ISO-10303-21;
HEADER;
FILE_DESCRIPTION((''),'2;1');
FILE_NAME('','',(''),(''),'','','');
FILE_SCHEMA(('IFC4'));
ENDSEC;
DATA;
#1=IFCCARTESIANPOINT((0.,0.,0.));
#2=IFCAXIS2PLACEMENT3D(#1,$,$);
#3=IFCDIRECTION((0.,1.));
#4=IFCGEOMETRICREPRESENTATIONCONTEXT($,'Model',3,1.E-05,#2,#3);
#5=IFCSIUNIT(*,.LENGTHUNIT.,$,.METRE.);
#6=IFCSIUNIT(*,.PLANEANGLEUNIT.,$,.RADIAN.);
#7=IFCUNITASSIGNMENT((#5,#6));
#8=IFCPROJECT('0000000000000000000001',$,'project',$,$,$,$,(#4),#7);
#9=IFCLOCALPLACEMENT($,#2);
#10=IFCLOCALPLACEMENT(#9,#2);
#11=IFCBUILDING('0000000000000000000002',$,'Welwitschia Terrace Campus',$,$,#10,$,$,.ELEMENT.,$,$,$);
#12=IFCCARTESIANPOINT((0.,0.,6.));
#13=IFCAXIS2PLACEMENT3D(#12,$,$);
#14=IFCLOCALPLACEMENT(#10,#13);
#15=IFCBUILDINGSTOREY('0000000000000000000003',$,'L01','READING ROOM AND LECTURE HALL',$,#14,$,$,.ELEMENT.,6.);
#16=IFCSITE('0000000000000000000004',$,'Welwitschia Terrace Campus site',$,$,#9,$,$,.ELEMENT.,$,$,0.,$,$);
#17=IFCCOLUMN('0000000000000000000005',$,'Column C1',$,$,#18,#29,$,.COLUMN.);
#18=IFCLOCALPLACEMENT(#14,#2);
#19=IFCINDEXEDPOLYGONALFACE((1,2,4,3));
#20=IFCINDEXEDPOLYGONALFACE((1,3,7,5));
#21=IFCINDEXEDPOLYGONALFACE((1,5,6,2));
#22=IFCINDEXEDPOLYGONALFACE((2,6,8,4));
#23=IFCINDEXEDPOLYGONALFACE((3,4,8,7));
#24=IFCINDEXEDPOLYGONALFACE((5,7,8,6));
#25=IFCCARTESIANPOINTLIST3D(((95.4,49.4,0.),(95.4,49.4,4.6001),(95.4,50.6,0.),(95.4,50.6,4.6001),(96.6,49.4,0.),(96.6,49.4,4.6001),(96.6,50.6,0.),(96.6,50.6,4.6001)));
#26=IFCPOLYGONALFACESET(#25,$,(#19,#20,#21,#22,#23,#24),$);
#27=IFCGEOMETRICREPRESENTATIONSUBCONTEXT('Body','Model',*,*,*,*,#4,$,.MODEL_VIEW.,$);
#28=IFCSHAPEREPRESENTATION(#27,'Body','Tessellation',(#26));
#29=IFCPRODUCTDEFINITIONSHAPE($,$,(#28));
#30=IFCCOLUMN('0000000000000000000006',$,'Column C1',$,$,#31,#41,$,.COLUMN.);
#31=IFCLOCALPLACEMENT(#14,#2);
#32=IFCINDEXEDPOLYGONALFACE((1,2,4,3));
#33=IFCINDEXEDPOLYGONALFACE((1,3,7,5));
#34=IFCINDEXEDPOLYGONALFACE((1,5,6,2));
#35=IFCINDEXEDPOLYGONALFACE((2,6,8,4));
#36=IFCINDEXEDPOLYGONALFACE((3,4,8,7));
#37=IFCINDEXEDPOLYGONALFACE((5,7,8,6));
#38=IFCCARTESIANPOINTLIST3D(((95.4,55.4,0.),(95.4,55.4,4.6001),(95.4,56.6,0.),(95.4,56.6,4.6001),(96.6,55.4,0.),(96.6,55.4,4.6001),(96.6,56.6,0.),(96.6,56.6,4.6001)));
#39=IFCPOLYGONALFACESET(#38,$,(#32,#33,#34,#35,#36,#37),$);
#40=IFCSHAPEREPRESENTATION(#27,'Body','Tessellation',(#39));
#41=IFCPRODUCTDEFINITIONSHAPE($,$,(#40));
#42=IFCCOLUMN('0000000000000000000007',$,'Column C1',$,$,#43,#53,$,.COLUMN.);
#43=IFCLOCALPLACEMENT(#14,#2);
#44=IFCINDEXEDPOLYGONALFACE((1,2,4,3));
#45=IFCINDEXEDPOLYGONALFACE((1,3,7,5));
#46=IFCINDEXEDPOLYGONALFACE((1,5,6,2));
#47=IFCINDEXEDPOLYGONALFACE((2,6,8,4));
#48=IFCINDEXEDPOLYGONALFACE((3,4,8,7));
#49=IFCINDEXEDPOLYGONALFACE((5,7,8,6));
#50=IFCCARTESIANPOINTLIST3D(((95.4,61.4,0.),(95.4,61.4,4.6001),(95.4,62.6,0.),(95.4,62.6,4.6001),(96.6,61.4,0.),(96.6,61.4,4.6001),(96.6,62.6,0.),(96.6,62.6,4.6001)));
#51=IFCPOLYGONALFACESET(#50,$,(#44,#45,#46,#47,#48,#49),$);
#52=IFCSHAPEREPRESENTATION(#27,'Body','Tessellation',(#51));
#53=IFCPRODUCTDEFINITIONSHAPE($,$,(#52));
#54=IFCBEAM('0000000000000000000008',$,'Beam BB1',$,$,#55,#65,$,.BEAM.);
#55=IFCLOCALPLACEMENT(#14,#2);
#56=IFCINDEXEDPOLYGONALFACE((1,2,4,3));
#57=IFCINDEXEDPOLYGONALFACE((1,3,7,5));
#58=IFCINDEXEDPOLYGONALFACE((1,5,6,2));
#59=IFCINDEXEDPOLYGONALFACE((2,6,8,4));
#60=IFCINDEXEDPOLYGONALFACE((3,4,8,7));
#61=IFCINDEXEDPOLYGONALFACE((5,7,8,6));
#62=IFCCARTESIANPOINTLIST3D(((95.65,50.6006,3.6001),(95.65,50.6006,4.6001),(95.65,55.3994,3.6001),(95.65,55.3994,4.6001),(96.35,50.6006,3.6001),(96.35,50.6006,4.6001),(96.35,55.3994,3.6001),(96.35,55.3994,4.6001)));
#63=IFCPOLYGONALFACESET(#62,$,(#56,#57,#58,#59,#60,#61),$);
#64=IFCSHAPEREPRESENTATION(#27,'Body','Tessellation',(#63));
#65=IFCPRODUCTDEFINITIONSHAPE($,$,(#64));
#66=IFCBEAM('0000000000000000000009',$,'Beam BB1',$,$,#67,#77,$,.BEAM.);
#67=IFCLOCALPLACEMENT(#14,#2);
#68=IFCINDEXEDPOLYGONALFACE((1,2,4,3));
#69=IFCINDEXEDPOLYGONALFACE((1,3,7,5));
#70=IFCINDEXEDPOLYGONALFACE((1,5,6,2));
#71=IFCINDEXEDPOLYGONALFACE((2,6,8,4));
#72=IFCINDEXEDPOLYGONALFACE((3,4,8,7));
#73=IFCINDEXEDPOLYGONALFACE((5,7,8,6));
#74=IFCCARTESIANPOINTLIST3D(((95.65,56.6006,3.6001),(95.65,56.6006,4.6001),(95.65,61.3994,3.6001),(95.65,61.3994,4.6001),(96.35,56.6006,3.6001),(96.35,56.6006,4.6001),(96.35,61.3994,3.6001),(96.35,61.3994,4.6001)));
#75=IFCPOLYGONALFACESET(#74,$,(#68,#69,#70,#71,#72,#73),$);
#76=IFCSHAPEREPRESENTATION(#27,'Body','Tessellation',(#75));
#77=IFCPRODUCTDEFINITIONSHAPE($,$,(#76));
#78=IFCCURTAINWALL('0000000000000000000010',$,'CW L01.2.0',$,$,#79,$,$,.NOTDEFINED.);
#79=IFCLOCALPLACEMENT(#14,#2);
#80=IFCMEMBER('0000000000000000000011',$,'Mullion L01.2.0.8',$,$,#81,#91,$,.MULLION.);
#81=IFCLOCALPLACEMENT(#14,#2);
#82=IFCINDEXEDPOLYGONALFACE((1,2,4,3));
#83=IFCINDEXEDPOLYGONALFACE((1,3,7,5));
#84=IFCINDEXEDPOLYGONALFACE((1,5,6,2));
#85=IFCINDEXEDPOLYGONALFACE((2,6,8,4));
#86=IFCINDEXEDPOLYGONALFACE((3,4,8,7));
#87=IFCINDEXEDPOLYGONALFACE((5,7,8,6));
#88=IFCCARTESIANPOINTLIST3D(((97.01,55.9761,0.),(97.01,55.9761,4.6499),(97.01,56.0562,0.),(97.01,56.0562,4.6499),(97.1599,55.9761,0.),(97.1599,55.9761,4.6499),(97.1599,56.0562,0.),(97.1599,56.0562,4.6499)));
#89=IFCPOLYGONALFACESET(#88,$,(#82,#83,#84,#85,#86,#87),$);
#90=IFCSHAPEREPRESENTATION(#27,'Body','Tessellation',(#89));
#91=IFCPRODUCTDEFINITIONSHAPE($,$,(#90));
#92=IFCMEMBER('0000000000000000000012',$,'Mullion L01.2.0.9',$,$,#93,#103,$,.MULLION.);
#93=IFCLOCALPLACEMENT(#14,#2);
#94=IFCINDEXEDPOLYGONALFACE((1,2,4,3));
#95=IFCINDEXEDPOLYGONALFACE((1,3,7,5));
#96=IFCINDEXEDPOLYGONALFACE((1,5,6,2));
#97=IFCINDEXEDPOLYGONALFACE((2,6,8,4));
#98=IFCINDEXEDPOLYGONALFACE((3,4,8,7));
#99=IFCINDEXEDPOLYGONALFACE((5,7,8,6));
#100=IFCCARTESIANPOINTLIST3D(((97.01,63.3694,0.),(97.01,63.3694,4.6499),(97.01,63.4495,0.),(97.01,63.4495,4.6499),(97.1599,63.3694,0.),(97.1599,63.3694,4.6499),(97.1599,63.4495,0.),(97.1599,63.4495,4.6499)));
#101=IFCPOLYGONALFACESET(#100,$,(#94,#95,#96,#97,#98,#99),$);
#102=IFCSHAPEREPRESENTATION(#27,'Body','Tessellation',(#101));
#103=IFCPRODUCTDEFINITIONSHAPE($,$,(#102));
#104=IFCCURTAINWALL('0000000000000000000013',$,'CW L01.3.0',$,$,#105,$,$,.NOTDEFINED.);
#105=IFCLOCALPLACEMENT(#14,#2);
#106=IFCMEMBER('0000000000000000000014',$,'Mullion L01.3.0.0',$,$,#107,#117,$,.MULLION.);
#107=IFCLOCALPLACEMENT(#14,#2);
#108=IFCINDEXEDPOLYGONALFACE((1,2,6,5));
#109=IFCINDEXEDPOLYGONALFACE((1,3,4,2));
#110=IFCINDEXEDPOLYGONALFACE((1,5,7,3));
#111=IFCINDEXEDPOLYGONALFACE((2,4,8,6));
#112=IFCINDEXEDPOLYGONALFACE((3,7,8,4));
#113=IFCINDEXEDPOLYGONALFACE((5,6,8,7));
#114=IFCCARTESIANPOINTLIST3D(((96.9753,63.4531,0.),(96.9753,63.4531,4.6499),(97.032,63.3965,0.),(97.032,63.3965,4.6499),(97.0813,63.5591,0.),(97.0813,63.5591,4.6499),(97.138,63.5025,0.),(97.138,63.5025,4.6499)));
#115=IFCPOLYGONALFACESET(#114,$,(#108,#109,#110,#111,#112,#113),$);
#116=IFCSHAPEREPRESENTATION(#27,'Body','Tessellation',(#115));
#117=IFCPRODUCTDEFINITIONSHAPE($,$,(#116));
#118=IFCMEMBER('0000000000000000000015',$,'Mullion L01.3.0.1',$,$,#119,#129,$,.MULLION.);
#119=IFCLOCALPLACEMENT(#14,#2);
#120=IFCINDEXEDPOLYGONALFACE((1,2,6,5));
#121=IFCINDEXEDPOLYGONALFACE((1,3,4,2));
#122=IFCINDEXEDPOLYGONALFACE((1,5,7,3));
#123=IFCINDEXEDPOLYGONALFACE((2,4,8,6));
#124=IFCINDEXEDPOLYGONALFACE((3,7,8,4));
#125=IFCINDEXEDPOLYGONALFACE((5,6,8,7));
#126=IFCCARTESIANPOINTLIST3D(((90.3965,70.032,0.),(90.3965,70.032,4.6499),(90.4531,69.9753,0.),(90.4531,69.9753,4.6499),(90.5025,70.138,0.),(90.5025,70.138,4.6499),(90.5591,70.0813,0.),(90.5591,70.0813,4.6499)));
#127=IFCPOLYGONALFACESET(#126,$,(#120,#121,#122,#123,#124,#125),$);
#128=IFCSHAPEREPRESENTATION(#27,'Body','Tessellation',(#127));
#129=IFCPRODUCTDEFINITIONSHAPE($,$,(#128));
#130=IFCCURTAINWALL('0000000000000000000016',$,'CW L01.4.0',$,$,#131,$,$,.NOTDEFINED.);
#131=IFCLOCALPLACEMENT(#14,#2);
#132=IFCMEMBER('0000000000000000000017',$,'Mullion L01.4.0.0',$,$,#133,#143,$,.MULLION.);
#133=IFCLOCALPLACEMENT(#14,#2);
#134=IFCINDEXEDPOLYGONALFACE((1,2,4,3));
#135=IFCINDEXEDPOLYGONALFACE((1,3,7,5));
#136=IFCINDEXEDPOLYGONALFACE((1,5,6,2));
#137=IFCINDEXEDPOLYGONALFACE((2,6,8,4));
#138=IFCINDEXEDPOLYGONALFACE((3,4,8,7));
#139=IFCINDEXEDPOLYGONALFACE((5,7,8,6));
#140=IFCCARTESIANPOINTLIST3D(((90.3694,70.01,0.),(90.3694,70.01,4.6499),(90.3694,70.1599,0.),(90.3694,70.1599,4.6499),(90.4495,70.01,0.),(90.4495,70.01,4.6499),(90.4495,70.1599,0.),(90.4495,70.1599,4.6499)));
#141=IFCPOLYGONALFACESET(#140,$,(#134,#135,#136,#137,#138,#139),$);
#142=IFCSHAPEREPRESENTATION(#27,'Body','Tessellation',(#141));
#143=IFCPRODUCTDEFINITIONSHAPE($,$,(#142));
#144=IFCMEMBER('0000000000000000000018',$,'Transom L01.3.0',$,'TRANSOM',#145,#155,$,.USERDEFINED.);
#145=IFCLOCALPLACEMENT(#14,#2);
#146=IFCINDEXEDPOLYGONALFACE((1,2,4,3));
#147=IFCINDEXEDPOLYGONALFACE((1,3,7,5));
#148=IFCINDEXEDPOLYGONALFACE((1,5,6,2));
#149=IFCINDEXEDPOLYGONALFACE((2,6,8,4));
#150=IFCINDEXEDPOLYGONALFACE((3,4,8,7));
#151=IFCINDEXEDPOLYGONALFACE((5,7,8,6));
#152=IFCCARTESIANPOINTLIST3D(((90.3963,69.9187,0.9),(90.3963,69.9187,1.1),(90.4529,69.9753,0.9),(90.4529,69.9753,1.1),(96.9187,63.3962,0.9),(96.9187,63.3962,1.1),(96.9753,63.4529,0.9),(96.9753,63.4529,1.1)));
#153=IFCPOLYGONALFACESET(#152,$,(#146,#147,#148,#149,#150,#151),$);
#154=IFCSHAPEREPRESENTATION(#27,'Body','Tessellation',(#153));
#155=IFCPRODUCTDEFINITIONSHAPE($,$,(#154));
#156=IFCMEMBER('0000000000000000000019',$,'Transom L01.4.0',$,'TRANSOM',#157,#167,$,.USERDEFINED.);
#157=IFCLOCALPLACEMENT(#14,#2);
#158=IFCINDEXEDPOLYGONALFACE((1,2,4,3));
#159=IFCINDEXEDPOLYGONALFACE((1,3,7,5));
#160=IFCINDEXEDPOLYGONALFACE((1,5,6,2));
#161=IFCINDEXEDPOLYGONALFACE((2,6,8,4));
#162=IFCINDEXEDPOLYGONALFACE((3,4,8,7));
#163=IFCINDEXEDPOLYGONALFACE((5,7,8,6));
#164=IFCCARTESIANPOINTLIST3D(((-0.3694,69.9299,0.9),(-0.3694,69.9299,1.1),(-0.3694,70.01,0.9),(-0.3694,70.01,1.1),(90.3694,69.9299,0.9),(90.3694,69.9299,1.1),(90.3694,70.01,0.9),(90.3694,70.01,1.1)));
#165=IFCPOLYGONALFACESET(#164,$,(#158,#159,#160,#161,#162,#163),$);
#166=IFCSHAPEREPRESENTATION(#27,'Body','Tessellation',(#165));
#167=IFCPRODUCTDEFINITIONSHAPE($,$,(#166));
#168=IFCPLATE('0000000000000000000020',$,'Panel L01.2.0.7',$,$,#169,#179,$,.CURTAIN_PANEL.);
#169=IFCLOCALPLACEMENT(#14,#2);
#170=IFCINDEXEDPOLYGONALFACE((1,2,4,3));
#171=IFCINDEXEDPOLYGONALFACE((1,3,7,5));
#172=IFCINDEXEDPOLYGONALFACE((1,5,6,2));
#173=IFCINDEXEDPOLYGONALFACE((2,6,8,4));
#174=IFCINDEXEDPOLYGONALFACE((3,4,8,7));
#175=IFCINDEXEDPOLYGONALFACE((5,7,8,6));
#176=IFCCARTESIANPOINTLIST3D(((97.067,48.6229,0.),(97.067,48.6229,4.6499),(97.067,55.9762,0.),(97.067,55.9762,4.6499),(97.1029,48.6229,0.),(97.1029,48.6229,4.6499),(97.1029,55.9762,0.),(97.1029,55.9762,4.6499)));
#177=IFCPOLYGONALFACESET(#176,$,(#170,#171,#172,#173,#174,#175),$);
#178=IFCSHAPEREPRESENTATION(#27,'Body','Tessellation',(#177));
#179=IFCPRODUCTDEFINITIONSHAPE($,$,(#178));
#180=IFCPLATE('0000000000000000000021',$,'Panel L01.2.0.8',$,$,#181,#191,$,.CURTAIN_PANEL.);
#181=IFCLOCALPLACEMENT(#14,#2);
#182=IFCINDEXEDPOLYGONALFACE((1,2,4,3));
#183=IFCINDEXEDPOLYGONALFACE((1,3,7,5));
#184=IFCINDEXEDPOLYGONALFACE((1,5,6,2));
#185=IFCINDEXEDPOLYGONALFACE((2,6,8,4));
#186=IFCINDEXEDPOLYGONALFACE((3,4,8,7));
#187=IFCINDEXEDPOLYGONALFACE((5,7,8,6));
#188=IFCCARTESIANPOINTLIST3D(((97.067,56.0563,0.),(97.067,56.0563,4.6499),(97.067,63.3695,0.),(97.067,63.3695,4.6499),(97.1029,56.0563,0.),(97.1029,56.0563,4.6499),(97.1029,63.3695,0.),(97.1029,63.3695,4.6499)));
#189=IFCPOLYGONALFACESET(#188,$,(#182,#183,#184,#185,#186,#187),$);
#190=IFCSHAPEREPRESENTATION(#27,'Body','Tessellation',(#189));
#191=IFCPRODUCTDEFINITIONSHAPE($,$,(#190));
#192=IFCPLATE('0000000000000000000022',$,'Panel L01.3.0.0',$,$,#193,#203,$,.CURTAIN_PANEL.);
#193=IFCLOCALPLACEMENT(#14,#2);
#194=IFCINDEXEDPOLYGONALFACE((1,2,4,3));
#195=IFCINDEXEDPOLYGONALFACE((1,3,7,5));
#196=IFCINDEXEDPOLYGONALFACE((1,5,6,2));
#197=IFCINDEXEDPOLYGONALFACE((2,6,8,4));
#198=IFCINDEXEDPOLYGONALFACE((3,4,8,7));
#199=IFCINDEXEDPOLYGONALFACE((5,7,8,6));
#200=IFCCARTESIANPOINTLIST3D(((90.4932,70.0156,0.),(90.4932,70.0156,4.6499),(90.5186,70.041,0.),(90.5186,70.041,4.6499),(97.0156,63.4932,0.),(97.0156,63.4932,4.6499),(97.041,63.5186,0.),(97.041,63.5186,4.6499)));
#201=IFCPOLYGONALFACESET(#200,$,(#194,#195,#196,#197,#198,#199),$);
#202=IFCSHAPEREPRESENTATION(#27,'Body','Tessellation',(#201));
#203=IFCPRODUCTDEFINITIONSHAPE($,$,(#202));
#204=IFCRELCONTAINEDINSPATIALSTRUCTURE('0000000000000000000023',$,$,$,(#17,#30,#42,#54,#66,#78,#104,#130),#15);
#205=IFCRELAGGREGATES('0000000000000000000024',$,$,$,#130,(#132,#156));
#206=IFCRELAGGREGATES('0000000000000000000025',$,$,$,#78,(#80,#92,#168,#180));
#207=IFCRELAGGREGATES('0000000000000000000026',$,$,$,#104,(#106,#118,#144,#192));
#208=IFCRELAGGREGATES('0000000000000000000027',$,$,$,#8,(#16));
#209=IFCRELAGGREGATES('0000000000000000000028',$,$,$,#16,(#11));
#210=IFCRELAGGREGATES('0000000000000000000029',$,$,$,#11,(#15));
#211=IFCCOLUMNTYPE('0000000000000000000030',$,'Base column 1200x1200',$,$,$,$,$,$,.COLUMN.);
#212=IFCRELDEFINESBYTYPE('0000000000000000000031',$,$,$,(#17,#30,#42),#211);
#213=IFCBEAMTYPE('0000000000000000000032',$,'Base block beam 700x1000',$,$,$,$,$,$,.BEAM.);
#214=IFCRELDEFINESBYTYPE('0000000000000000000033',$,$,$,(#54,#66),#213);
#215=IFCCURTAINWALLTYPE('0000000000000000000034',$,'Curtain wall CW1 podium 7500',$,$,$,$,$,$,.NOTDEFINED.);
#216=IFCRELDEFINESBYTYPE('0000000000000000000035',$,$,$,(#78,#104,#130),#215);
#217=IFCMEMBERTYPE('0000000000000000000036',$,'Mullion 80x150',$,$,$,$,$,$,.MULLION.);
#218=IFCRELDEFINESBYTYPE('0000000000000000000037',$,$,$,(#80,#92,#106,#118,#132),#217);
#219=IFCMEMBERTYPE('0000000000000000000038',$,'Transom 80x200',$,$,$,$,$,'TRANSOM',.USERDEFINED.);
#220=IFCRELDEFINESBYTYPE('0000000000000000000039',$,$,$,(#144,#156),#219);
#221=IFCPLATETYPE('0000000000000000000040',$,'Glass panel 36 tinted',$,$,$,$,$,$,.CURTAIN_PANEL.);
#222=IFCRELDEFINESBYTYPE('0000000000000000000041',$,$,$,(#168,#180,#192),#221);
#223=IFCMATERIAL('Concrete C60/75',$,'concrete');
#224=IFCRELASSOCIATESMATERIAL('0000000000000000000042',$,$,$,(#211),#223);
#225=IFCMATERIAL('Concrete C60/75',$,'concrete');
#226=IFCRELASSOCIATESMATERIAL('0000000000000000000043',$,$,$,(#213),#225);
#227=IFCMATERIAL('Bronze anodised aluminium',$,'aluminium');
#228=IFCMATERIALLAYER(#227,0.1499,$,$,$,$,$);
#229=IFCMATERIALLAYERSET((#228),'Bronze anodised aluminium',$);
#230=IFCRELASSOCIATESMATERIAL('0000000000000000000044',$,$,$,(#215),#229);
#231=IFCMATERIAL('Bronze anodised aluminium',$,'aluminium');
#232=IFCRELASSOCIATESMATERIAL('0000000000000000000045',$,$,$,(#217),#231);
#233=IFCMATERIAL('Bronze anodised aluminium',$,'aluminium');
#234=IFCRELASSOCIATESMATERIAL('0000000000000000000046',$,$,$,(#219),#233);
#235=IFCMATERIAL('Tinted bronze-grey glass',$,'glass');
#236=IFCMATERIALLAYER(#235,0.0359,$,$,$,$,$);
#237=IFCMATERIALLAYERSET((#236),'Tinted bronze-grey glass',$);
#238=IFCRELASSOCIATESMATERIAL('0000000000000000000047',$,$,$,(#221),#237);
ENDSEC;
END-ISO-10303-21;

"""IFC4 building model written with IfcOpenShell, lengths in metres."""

from ifc_helpers import new_model, si_unit, direction, frame, origin, origin_2d, place, context, subcontext, project, spatial, rectangle, extrude, material, layer, layer_set, material_profile, profile_set, type_object, element, aggregate, save


model = new_model("IFC4")

# Units and contexts
model_context = context("Model", 3, precision=1e-05, world=origin(), true_north=direction((0.0, 1.0)))
body_context = subcontext(model_context, "Body", "Model", "MODEL_VIEW")
ifc_project = project(units=[si_unit("LENGTHUNIT", "METRE"), si_unit("PLANEANGLEUNIT", "RADIAN")], contexts=[model_context])

# Site, building, storey
site_placement = place(None, origin())
site = spatial("IfcSite", under=ifc_project, at=site_placement, Name="Welwitschia Terrace Campus site", CompositionType="ELEMENT", RefElevation=0.0)
building_placement = place(site_placement, origin())
building = spatial("IfcBuilding", under=site, at=building_placement, Name="Welwitschia Terrace Campus", CompositionType="ELEMENT")
storey_placement = place(building_placement, frame((0.0, 0.0, 6.0)))
storey = spatial("IfcBuildingStorey", under=building, at=storey_placement, Name="L01", Description="READING ROOM AND LECTURE HALL", CompositionType="ELEMENT", Elevation=6.0)

# Columns
ifc_material_1 = material(Name="Concrete C60/75", Category="concrete")
ifc_material_profile_1 = material_profile(ifc_material_1, rectangle(XDim=1.2, YDim=1.2, at=origin_2d()))
ifc_profile_set_1 = profile_set([ifc_material_profile_1], Name="Concrete C60/75")
column_type = type_object("IfcColumnType", Name="Base column 1200x1200", PredefinedType="COLUMN", material=ifc_profile_set_1)
for number, where, z_axis, x_axis, name in (
    (1, (96.0, 50.0, 0.0), (0.0, 0.0, 1.0), (1.0, 0.0, 0.0), "Column C1"),
    (2, (96.0, 56.0, 0.0), (0.0, 0.0, 1.0), (1.0, 0.0, 0.0), "Column C1"),
    (3, (96.0, 62.0, 0.0), (0.0, 0.0, 1.0), (1.0, 0.0, 0.0), "Column C1"),
):
    element("IfcColumn", number, at=place(storey_placement, frame(where, z_axis=z_axis, x_axis=x_axis)), inside=storey, type_object=column_type, Name=name, PredefinedType="COLUMN", context=body_context, shape_type="SweptSolid", body=[
        extrude(rectangle(XDim=1.2, YDim=1.2, at=origin_2d()), origin(), (0.0, 0.0, 1.0), 4.6001),
    ])

# Beams
ifc_material_2 = material(Name="Concrete C60/75", Category="concrete")
ifc_material_profile_2 = material_profile(ifc_material_2, rectangle(XDim=0.7, YDim=1.0, at=origin_2d()))
ifc_profile_set_2 = profile_set([ifc_material_profile_2], Name="Concrete C60/75")
beam_type = type_object("IfcBeamType", Name="Base block beam 700x1000", PredefinedType="BEAM", material=ifc_profile_set_2)
for number, where, z_axis, x_axis, name in (
    (4, (96.0, 50.6006, 4.1001), (0.0, 1.0, 0.0), (-1.0, 0.0, 0.0), "Beam BB1"),
    (5, (96.0, 56.6006, 4.1001), (0.0, 1.0, 0.0), (-1.0, 0.0, 0.0), "Beam BB1"),
):
    element("IfcBeam", number, at=place(storey_placement, frame(where, z_axis=z_axis, x_axis=x_axis)), inside=storey, type_object=beam_type, Name=name, PredefinedType="BEAM", context=body_context, shape_type="SweptSolid", body=[
        extrude(rectangle(XDim=0.7, YDim=1.0, at=origin_2d()), origin(), (0.0, 0.0, 1.0), 4.7988),
    ])

# Curtain walls, members
ifc_material_3 = material(Name="Bronze anodised aluminium", Category="aluminium")
ifc_layer_1 = layer(ifc_material_3, 0.1499)
ifc_layer_set_1 = layer_set([ifc_layer_1], Name="Bronze anodised aluminium")
curtain_wall_type = type_object("IfcCurtainWallType", Name="Curtain wall CW1 podium 7500", PredefinedType="NOTDEFINED", material=ifc_layer_set_1)
curtain_wall_1_placement = place(storey_placement, origin())
curtain_wall_1 = element("IfcCurtainWall", 6, at=curtain_wall_1_placement, inside=storey, type_object=curtain_wall_type, Name="CW L01.2.0", PredefinedType="NOTDEFINED")
ifc_material_4 = material(Name="Bronze anodised aluminium", Category="aluminium")
ifc_material_profile_3 = material_profile(ifc_material_4, rectangle(XDim=0.1499, YDim=0.0801, at=origin_2d()))
ifc_profile_set_3 = profile_set([ifc_material_profile_3], Name="Bronze anodised aluminium")
member_type_1 = type_object("IfcMemberType", Name="Mullion 80x150", PredefinedType="MULLION", material=ifc_profile_set_3)
member_1_placement = place(storey_placement, frame((97.085, 56.0161, 0.0), z_axis=(0.0, 0.0, 1.0), x_axis=(-1.0, 0.0, 0.0)))
member_1 = element("IfcMember", 7, at=member_1_placement, type_object=member_type_1, Name="Mullion L01.2.0.8", PredefinedType="MULLION", context=body_context, shape_type="SweptSolid", body=[
    extrude(rectangle(XDim=0.1499, YDim=0.0801, at=origin_2d()), origin(), (0.0, 0.0, 1.0), 4.6499),
])
member_2_placement = place(storey_placement, frame((97.085, 63.4094, 0.0), z_axis=(0.0, 0.0, 1.0), x_axis=(-1.0, 0.0, 0.0)))
member_2 = element("IfcMember", 8, at=member_2_placement, type_object=member_type_1, Name="Mullion L01.2.0.9", PredefinedType="MULLION", context=body_context, shape_type="SweptSolid", body=[
    extrude(rectangle(XDim=0.1499, YDim=0.0801, at=origin_2d()), origin(), (0.0, 0.0, 1.0), 4.6499),
])
curtain_wall_2_placement = place(storey_placement, origin())
curtain_wall_2 = element("IfcCurtainWall", 9, at=curtain_wall_2_placement, inside=storey, type_object=curtain_wall_type, Name="CW L01.3.0", PredefinedType="NOTDEFINED")
member_3_placement = place(storey_placement, frame((97.0566, 63.4778, 0.0), z_axis=(0.0, 0.0, 1.0), x_axis=(-0.707107, -0.707107, 0.0)))
member_3 = element("IfcMember", 10, at=member_3_placement, type_object=member_type_1, Name="Mullion L01.3.0.0", PredefinedType="MULLION", context=body_context, shape_type="SweptSolid", body=[
    extrude(rectangle(XDim=0.1499, YDim=0.0801, at=origin_2d()), origin(), (0.0, 0.0, 1.0), 4.6499),
])
member_4_placement = place(storey_placement, frame((90.4778, 70.0566, 0.0), z_axis=(0.0, 0.0, 1.0), x_axis=(-0.707107, -0.707107, 0.0)))
member_4 = element("IfcMember", 11, at=member_4_placement, type_object=member_type_1, Name="Mullion L01.3.0.1", PredefinedType="MULLION", context=body_context, shape_type="SweptSolid", body=[
    extrude(rectangle(XDim=0.1499, YDim=0.0801, at=origin_2d()), origin(), (0.0, 0.0, 1.0), 4.6499),
])

# Curtain wall, member
curtain_wall_3_placement = place(storey_placement, origin())
curtain_wall_3 = element("IfcCurtainWall", 12, at=curtain_wall_3_placement, inside=storey, type_object=curtain_wall_type, Name="CW L01.4.0", PredefinedType="NOTDEFINED")
member_5_placement = place(storey_placement, frame((90.4094, 70.085, 0.0), z_axis=(0.0, 0.0, 1.0), x_axis=(0.0, -1.0, 0.0)))
member_5 = element("IfcMember", 13, at=member_5_placement, type_object=member_type_1, Name="Mullion L01.4.0.0", PredefinedType="MULLION", context=body_context, shape_type="SweptSolid", body=[
    extrude(rectangle(XDim=0.1499, YDim=0.0801, at=origin_2d()), origin(), (0.0, 0.0, 1.0), 4.6499),
])

# Members
ifc_material_5 = material(Name="Bronze anodised aluminium", Category="aluminium")
ifc_material_profile_4 = material_profile(ifc_material_5, rectangle(XDim=0.0801, YDim=0.2, at=origin_2d()))
ifc_profile_set_4 = profile_set([ifc_material_profile_4], Name="Bronze anodised aluminium")
member_type_2 = type_object("IfcMemberType", Name="Transom 80x200", ElementType="TRANSOM", PredefinedType="USERDEFINED", material=ifc_profile_set_4)
member_6_placement = place(storey_placement, frame((96.947, 63.4246, 1.0), z_axis=(-0.707107, 0.707107, 0.0), x_axis=(-0.707107, -0.707107, 0.0)))
member_6 = element("IfcMember", 14, at=member_6_placement, type_object=member_type_2, Name="Transom L01.3.0", ObjectType="TRANSOM", PredefinedType="USERDEFINED", context=body_context, shape_type="SweptSolid", body=[
    extrude(rectangle(XDim=0.0801, YDim=0.2, at=origin_2d()), origin(), (0.0, 0.0, 1.0), 9.2241),
])
member_7_placement = place(storey_placement, frame((90.3694, 69.97, 1.0), z_axis=(-1.0, 0.0, 0.0), x_axis=(0.0, -1.0, 0.0)))
member_7 = element("IfcMember", 15, at=member_7_placement, type_object=member_type_2, Name="Transom L01.4.0", ObjectType="TRANSOM", PredefinedType="USERDEFINED", context=body_context, shape_type="SweptSolid", body=[
    extrude(rectangle(XDim=0.0801, YDim=0.2, at=origin_2d()), origin(), (0.0, 0.0, 1.0), 90.7388),
])
aggregate(curtain_wall_3, [member_5, member_7])

# Plates
ifc_material_6 = material(Name="Tinted bronze-grey glass", Category="glass")
ifc_layer_2 = layer(ifc_material_6, 0.0359)
ifc_layer_set_2 = layer_set([ifc_layer_2], Name="Tinted bronze-grey glass")
plate_type = type_object("IfcPlateType", Name="Glass panel 36 tinted", PredefinedType="CURTAIN_PANEL", material=ifc_layer_set_2)
plate_1_placement = place(storey_placement, frame((97.085, 52.2996, 0.0), z_axis=(0.0, 0.0, 1.0), x_axis=(0.0, 1.0, 0.0)))
plate_1 = element("IfcPlate", 16, at=plate_1_placement, type_object=plate_type, Name="Panel L01.2.0.7", PredefinedType="CURTAIN_PANEL", context=body_context, shape_type="SweptSolid", body=[
    extrude(rectangle(XDim=7.3533, YDim=0.0359, at=origin_2d()), origin(), (0.0, 0.0, 1.0), 4.6499),
])
plate_2_placement = place(storey_placement, frame((97.085, 59.7129, 0.0), z_axis=(0.0, 0.0, 1.0), x_axis=(0.0, 1.0, 0.0)))
plate_2 = element("IfcPlate", 17, at=plate_2_placement, type_object=plate_type, Name="Panel L01.2.0.8", PredefinedType="CURTAIN_PANEL", context=body_context, shape_type="SweptSolid", body=[
    extrude(rectangle(XDim=7.3132, YDim=0.0359, at=origin_2d()), origin(), (0.0, 0.0, 1.0), 4.6499),
])
aggregate(curtain_wall_1, [member_1, member_2, plate_1, plate_2])
plate_3_placement = place(storey_placement, frame((93.7671, 66.7671, 0.0), z_axis=(0.0, 0.0, 1.0), x_axis=(-0.707107, 0.707107, 0.0)))
plate_3 = element("IfcPlate", 18, at=plate_3_placement, type_object=plate_type, Name="Panel L01.3.0.0", PredefinedType="CURTAIN_PANEL", context=body_context, shape_type="SweptSolid", body=[
    extrude(rectangle(XDim=9.2241, YDim=0.0359, at=origin_2d()), origin(), (0.0, 0.0, 1.0), 4.6499),
])
aggregate(curtain_wall_2, [member_3, member_4, member_6, plate_3])

save(model, "model.ifc")
